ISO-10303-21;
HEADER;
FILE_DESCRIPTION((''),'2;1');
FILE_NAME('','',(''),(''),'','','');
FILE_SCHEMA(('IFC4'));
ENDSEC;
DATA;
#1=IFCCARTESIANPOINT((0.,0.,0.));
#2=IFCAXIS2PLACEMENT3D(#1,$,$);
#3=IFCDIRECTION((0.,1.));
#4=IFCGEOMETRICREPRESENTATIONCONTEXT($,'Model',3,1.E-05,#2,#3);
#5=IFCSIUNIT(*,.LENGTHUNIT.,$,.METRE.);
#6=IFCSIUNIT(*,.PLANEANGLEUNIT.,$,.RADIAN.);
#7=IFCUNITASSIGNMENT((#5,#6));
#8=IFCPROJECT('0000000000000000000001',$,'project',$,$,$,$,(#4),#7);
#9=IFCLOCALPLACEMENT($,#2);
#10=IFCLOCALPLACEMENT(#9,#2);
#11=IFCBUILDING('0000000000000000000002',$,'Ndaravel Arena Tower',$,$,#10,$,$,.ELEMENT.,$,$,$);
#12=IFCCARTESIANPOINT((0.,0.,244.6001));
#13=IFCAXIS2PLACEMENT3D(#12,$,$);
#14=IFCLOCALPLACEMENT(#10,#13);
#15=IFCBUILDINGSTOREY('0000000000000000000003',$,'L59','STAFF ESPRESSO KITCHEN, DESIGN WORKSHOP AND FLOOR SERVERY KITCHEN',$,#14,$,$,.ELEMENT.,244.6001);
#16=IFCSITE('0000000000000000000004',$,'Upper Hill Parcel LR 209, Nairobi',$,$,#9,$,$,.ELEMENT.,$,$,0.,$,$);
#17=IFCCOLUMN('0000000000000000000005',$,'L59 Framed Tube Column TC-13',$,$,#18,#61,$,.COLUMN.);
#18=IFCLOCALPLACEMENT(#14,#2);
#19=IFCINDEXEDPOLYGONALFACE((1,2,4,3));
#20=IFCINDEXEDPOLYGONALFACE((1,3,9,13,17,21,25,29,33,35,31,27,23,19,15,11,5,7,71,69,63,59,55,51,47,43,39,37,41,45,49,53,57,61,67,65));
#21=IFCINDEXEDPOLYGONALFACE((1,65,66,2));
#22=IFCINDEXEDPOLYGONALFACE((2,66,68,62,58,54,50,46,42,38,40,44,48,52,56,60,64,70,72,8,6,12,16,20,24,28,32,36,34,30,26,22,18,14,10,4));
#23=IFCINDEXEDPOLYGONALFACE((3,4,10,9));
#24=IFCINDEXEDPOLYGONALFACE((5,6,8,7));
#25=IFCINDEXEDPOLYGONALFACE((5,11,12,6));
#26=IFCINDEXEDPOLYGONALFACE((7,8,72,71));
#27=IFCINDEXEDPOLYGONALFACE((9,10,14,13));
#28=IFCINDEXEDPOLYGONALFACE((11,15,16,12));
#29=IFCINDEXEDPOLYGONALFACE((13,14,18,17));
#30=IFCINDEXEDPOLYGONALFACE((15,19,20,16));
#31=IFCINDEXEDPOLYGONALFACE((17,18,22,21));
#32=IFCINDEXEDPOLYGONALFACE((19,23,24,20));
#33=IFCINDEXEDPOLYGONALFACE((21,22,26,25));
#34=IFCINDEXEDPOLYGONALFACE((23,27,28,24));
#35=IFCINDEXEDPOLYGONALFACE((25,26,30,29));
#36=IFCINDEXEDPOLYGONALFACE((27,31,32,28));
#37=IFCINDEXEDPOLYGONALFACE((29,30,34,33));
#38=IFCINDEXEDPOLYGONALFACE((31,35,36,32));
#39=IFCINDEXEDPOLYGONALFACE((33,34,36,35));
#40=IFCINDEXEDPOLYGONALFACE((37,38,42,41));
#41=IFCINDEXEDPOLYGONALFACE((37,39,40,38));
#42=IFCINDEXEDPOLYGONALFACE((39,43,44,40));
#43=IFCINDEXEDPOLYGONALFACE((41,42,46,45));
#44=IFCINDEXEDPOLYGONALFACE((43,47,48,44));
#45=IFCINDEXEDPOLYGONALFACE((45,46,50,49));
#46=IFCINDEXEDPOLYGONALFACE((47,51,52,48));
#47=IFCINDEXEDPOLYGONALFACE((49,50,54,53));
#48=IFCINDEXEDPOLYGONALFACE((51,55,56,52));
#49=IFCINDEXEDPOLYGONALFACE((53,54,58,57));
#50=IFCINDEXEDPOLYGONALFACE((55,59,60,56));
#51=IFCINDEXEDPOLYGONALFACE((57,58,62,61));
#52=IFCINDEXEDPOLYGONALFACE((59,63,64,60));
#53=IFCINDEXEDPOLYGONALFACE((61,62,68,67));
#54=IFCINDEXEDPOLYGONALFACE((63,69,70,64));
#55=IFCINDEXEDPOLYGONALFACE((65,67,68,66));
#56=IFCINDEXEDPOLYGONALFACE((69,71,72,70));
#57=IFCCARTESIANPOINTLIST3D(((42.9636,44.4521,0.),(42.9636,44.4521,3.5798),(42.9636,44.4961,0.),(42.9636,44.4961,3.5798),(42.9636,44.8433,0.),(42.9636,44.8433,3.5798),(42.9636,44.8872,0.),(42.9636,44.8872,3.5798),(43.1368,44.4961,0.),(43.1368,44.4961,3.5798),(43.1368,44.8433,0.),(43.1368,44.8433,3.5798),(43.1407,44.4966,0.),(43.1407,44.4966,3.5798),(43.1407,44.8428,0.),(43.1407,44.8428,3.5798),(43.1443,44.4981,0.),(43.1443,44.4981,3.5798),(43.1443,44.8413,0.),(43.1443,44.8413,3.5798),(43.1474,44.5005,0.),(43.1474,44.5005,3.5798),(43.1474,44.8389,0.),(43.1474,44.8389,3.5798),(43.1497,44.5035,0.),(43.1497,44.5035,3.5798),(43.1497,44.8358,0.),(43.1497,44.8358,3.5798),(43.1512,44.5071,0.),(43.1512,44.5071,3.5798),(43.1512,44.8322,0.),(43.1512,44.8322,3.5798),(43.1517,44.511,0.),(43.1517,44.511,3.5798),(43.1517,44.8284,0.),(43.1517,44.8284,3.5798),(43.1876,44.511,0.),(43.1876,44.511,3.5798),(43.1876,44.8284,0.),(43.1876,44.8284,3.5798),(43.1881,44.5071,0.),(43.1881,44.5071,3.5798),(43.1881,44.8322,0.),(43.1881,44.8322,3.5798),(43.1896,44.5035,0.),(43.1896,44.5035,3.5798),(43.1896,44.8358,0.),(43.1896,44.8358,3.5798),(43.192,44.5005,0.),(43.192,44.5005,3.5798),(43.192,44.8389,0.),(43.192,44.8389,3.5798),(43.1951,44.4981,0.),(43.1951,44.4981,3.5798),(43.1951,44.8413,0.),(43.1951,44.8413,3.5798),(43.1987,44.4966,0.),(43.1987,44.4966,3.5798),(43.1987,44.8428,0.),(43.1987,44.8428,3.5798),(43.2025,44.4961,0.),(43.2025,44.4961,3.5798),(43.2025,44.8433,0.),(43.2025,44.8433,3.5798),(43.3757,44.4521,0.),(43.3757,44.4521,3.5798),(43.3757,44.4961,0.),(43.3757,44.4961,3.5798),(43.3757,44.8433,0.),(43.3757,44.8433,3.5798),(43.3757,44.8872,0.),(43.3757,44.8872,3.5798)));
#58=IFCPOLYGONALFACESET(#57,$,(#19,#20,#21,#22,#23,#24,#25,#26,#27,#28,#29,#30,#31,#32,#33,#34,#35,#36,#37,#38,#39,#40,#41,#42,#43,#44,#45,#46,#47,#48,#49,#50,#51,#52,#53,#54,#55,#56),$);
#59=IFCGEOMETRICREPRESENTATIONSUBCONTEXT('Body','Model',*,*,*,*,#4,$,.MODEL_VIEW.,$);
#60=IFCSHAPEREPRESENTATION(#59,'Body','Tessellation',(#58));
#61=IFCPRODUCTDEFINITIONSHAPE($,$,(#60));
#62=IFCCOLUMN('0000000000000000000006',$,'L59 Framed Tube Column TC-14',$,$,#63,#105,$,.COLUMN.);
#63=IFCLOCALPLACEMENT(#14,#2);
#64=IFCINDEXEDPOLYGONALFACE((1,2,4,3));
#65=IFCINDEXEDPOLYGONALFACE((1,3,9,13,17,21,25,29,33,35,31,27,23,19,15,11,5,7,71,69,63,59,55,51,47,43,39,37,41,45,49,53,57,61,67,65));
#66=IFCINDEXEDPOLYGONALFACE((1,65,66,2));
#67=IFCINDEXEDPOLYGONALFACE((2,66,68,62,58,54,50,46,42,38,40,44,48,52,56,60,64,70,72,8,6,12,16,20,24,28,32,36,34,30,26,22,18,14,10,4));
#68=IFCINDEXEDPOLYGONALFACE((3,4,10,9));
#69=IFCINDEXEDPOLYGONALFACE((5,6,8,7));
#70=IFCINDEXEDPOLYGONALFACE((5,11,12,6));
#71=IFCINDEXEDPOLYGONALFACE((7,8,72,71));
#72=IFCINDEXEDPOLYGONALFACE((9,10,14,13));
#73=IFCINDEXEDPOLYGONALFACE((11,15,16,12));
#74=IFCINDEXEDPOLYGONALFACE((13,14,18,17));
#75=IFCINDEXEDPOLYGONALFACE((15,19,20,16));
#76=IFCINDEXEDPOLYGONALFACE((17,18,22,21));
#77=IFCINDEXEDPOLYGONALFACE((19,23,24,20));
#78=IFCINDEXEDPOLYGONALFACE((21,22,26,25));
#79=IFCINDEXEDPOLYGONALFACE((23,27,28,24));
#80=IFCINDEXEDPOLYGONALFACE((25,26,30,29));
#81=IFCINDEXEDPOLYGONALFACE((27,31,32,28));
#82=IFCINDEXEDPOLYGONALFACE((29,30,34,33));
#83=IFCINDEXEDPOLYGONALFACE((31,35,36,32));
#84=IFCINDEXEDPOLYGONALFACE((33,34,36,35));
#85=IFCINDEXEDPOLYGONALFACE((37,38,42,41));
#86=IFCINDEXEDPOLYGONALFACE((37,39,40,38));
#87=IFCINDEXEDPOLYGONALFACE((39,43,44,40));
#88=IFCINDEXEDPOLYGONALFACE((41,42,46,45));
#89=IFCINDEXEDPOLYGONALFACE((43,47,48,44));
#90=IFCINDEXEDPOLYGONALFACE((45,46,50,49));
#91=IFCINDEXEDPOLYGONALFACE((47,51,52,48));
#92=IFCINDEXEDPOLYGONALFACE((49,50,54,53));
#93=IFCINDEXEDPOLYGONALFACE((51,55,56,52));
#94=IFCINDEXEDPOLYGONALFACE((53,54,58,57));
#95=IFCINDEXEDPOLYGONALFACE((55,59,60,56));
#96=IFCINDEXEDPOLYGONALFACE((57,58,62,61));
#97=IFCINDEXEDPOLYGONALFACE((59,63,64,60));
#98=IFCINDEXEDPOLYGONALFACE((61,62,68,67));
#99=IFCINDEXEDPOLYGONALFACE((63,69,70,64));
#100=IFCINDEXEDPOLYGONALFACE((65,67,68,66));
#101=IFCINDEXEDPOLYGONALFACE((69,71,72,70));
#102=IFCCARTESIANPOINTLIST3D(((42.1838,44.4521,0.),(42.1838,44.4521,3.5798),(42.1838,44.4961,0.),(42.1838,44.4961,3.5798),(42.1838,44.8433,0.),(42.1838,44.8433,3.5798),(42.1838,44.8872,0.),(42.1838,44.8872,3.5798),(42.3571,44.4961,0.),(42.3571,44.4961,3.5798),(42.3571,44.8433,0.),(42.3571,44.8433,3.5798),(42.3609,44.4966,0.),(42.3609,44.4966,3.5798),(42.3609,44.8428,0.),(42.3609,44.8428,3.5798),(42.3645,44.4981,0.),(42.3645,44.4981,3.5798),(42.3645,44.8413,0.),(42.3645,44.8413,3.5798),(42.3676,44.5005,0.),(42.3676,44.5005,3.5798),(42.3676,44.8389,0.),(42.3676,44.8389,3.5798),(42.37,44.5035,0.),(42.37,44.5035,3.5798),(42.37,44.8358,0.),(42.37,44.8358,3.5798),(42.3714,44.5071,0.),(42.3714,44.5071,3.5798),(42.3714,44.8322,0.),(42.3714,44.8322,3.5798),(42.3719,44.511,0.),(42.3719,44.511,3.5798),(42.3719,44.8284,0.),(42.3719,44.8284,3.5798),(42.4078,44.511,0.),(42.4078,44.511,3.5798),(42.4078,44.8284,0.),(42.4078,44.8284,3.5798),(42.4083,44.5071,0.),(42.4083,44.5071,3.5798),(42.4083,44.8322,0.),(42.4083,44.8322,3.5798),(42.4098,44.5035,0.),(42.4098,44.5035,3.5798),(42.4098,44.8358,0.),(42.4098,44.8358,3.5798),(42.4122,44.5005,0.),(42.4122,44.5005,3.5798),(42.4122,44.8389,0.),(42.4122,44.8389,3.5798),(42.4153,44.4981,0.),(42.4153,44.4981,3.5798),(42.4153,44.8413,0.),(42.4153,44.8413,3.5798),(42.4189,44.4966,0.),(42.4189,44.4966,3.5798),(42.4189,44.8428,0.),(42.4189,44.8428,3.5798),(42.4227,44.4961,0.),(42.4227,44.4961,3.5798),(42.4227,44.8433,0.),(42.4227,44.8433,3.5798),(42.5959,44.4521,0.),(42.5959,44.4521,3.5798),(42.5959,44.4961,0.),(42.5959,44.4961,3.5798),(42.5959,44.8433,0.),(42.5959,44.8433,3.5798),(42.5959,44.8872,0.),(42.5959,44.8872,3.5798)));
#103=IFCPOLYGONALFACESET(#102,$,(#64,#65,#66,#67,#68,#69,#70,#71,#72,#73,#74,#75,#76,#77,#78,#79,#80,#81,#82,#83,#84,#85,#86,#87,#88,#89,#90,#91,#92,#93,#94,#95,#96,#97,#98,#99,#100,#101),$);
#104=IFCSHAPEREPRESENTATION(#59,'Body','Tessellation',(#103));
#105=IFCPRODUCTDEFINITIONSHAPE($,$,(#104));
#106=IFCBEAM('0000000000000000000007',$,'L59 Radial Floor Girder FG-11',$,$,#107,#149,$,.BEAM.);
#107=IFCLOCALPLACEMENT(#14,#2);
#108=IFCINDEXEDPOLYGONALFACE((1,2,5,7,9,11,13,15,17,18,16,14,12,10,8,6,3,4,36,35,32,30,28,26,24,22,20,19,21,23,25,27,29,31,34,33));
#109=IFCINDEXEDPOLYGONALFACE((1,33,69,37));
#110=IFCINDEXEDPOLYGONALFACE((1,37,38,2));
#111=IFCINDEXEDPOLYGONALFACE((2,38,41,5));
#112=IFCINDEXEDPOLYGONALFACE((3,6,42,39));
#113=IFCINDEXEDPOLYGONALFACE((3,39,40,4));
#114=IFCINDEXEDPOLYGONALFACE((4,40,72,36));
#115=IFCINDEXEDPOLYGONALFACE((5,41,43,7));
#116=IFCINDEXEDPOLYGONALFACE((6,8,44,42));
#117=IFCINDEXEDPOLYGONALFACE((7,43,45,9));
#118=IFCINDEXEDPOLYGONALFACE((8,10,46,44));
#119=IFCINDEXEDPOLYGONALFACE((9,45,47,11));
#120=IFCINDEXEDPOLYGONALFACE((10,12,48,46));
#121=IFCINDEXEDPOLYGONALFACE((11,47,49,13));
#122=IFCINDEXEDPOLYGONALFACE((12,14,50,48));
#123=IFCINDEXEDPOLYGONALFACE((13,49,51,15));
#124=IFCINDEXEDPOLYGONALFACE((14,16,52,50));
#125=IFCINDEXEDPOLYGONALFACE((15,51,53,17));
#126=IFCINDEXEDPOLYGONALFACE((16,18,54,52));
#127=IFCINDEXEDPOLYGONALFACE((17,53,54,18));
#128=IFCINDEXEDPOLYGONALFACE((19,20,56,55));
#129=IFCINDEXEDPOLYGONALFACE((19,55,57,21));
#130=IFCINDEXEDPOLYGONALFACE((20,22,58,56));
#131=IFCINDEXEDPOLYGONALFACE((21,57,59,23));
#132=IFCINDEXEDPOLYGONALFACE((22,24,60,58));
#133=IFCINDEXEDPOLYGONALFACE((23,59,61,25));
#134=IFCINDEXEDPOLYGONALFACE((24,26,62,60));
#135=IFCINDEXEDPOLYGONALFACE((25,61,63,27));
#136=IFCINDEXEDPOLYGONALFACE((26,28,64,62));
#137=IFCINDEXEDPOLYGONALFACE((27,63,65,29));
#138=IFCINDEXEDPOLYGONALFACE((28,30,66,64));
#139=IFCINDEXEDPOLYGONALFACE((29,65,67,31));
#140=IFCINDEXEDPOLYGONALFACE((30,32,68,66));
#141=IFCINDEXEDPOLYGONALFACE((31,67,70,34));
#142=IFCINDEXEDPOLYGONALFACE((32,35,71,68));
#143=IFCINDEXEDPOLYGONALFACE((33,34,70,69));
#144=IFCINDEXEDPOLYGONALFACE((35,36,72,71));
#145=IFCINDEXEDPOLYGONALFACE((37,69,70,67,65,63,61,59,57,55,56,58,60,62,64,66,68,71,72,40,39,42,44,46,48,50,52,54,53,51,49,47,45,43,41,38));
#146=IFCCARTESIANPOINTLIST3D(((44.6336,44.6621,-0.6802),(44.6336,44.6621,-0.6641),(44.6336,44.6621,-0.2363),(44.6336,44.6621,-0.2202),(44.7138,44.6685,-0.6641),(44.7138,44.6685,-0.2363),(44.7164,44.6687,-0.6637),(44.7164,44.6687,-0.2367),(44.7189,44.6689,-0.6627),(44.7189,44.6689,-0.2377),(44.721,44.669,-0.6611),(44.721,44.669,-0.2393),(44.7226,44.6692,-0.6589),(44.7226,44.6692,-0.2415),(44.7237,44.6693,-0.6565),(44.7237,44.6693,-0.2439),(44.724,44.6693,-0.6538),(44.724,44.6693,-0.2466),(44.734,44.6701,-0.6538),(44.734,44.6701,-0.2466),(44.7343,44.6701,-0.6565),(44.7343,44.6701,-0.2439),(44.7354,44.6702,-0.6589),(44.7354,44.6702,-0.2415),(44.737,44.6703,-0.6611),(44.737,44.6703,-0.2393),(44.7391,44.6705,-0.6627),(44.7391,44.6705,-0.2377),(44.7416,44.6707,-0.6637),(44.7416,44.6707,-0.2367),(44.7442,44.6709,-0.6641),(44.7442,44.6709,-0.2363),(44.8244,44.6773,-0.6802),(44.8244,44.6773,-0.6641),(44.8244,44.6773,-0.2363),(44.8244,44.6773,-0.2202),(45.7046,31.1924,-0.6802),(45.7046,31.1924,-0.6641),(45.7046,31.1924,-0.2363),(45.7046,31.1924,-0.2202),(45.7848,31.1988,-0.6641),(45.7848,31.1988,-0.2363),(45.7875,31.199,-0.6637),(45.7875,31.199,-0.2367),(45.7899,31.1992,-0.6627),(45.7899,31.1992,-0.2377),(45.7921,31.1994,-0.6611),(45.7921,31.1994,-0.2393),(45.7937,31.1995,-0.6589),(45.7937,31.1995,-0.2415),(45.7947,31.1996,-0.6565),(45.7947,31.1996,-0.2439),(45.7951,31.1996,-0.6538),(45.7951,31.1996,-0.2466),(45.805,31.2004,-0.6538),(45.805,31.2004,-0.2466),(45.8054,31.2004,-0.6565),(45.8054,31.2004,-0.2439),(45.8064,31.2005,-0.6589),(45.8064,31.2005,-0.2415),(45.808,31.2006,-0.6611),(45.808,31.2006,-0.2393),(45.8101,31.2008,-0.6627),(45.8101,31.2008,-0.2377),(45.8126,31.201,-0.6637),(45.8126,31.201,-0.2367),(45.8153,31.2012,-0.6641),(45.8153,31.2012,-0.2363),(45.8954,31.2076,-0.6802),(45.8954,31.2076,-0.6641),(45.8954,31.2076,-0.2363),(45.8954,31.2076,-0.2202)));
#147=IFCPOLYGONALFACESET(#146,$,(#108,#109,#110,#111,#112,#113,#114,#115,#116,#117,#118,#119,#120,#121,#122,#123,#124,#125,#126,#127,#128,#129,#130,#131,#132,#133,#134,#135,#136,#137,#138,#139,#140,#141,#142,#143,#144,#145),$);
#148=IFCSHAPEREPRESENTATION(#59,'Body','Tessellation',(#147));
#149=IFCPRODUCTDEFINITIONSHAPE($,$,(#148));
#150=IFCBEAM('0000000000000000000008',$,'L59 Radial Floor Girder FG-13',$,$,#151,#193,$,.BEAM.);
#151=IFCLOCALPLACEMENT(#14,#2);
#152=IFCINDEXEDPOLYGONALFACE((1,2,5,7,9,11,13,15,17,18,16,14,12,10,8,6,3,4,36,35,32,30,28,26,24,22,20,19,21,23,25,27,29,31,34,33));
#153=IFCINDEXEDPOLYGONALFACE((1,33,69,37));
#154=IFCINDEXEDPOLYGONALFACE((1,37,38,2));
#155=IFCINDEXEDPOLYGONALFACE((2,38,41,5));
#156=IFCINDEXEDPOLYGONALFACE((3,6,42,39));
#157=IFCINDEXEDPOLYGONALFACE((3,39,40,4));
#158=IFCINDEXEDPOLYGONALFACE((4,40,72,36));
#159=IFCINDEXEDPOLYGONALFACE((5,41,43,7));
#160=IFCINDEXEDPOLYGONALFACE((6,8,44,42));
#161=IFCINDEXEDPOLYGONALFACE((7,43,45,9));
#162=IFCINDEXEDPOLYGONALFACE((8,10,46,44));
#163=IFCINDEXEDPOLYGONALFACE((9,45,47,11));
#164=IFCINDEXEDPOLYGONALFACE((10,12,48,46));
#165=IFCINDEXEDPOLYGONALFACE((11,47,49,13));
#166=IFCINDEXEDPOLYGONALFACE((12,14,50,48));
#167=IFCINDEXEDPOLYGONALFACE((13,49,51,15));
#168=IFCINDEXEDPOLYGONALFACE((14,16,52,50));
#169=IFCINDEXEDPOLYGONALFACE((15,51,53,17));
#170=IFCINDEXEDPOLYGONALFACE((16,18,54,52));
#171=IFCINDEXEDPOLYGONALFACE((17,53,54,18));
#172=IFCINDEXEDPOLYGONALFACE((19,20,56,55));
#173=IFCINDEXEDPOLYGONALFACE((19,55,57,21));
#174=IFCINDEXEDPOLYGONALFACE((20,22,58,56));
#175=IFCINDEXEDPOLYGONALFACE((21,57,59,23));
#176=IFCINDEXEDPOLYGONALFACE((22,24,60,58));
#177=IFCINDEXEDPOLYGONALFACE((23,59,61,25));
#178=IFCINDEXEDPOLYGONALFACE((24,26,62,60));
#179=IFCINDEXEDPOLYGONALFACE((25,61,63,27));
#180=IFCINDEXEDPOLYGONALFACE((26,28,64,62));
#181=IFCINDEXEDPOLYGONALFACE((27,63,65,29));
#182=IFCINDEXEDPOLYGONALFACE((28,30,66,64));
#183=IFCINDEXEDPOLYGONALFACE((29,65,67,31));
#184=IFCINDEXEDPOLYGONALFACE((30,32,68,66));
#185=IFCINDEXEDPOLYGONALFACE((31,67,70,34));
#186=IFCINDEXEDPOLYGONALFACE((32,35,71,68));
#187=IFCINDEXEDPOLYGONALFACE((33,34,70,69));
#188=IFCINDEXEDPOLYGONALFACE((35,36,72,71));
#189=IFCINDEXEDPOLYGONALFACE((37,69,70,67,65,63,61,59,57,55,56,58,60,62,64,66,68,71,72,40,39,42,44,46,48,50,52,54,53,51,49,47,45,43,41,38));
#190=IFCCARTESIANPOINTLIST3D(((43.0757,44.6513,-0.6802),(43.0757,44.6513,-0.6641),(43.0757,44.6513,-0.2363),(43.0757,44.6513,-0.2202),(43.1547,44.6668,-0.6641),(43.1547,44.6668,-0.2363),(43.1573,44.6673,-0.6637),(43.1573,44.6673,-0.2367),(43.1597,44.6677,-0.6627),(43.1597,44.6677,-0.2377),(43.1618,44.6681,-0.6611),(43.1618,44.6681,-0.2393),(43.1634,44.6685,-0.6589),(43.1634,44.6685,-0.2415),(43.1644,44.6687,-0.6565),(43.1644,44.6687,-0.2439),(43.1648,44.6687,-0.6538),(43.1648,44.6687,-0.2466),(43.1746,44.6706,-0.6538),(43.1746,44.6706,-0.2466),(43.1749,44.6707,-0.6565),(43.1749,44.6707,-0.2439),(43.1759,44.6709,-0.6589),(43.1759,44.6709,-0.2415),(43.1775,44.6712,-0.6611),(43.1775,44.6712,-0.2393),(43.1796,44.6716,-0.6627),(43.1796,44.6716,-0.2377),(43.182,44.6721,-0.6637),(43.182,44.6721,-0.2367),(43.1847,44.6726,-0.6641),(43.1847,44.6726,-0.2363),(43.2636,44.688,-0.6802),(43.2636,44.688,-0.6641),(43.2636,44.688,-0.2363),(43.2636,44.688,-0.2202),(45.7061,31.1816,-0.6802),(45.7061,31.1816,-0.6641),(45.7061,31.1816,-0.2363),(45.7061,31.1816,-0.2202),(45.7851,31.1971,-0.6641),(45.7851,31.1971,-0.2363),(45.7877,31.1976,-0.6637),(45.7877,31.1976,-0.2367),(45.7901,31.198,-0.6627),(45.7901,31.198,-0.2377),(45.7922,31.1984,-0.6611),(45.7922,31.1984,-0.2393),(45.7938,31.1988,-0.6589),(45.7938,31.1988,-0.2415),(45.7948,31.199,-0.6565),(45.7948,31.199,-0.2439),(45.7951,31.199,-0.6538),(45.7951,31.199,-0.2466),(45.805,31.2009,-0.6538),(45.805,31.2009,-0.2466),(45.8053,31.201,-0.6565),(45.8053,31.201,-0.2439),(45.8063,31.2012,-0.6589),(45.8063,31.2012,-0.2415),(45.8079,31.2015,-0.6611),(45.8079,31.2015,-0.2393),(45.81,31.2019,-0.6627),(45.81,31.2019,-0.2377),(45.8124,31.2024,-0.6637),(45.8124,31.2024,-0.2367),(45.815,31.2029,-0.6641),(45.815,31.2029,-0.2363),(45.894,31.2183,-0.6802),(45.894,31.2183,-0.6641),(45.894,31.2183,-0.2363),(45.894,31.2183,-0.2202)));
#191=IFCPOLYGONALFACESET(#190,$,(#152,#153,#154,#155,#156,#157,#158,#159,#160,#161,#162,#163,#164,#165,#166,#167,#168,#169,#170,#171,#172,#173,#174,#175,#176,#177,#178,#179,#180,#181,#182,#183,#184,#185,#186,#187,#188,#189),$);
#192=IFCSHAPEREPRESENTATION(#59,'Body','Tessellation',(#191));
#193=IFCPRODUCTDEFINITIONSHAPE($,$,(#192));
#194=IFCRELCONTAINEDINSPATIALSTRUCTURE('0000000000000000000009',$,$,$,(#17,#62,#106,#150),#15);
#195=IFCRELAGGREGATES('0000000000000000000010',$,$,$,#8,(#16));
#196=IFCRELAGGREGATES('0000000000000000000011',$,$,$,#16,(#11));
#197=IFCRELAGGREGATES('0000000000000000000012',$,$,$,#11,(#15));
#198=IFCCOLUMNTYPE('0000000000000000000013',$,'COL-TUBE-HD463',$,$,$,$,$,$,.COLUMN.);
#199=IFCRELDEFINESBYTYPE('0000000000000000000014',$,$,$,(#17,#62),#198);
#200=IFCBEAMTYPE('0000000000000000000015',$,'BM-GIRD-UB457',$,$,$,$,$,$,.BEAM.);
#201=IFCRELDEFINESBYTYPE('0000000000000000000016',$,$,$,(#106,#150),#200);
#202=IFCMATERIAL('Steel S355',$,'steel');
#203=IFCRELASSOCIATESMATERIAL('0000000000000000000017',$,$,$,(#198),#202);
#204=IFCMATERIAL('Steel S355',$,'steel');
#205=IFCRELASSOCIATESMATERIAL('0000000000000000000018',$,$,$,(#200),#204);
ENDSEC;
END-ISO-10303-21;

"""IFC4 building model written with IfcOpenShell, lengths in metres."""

from ifc_helpers import new_model, si_unit, direction, frame, origin, origin_2d, place, context, subcontext, project, spatial, i_section, extrude, material, material_profile, profile_set, type_object, element, save


model = new_model("IFC4")

# Units and contexts
model_context = context("Model", 3, precision=1e-05, world=origin(), true_north=direction((0.0, 1.0)))
body_context = subcontext(model_context, "Body", "Model", "MODEL_VIEW")
ifc_project = project(units=[si_unit("LENGTHUNIT", "METRE"), si_unit("PLANEANGLEUNIT", "RADIAN")], contexts=[model_context])

# Site, building, storey
site_placement = place(None, origin())
site = spatial("IfcSite", under=ifc_project, at=site_placement, Name="Upper Hill Parcel LR 209, Nairobi", CompositionType="ELEMENT", RefElevation=0.0)
building_placement = place(site_placement, origin())
building = spatial("IfcBuilding", under=site, at=building_placement, Name="Ndaravel Arena Tower", CompositionType="ELEMENT")
storey_placement = place(building_placement, frame((0.0, 0.0, 244.6001)))
storey = spatial("IfcBuildingStorey", under=building, at=storey_placement, Name="L59", Description="STAFF ESPRESSO KITCHEN, DESIGN WORKSHOP AND FLOOR SERVERY KITCHEN", CompositionType="ELEMENT", Elevation=244.6001)

# Columns
ifc_material_1 = material(Name="Steel S355", Category="steel")
ifc_material_profile_1 = material_profile(ifc_material_1, i_section(OverallWidth=0.4121, OverallDepth=0.4351, WebThickness=0.0359, FlangeThickness=0.0439, FilletRadius=0.0149, at=origin_2d()), Name="HD 400x463")
ifc_profile_set_1 = profile_set([ifc_material_profile_1], Name="Steel S355")
column_type_1 = type_object("IfcColumnType", Name="COL-TUBE-HD463", PredefinedType="COLUMN", material=ifc_profile_set_1)
for number, where, z_axis, x_axis, name in (
    (1, (43.1697, 44.6697, 0.0), (0.0, 0.0, 1.0), (1.0, 0.0, 0.0), "L59 Framed Tube Column TC-13"),
    (2, (42.3899, 44.6697, 0.0), (0.0, 0.0, 1.0), (1.0, 0.0, 0.0), "L59 Framed Tube Column TC-14"),
):
    element("IfcColumn", number, at=place(storey_placement, frame(where, z_axis=z_axis, x_axis=x_axis)), inside=storey, type_object=column_type_1, Name=name, PredefinedType="COLUMN", context=body_context, shape_type="SweptSolid", body=[
        extrude(i_section(OverallWidth=0.4121, OverallDepth=0.4351, WebThickness=0.0359, FlangeThickness=0.0439, FilletRadius=0.0149, at=origin_2d()), origin(), (0.0, 0.0, 1.0), 3.5798),
    ])

# Beams
ifc_material_2 = material(Name="Steel S355", Category="steel")
ifc_material_profile_2 = material_profile(ifc_material_2, i_section(OverallWidth=0.1914, OverallDepth=0.46, WebThickness=0.01, FlangeThickness=0.0161, FilletRadius=0.0103, at=origin_2d()), Name="UB 457x191x82")
ifc_profile_set_2 = profile_set([ifc_material_profile_2], Name="Steel S355")
beam_type_1 = type_object("IfcBeamType", Name="BM-GIRD-UB457", PredefinedType="BEAM", material=ifc_profile_set_2)
beam_1_placement = place(storey_placement, frame((44.729, 44.6697, -0.4502), z_axis=(0.079265, -0.996854, 0.0), x_axis=(0.996854, 0.079265, 0.0)))
element("IfcBeam", 3, at=beam_1_placement, inside=storey, type_object=beam_type_1, Name="L59 Radial Floor Girder FG-11", PredefinedType="BEAM", context=body_context, shape_type="SweptSolid", body=[
    extrude(i_section(OverallWidth=0.1914, OverallDepth=0.46, WebThickness=0.01, FlangeThickness=0.0161, FilletRadius=0.0103, at=origin_2d()), origin(), (0.0, 0.0, 1.0), 13.5122),
])
beam_2_placement = place(storey_placement, frame((43.1697, 44.6697, -0.4502), z_axis=(0.19166, -0.981461, 0.0), x_axis=(0.981461, 0.19166, 0.0)))
element("IfcBeam", 4, at=beam_2_placement, inside=storey, type_object=beam_type_1, Name="L59 Radial Floor Girder FG-13", PredefinedType="BEAM", context=body_context, shape_type="SweptSolid", body=[
    extrude(i_section(OverallWidth=0.1914, OverallDepth=0.46, WebThickness=0.01, FlangeThickness=0.0161, FilletRadius=0.0103, at=origin_2d()), origin(), (0.0, 0.0, 1.0), 13.7241),
])

save(model, "model.ifc")
